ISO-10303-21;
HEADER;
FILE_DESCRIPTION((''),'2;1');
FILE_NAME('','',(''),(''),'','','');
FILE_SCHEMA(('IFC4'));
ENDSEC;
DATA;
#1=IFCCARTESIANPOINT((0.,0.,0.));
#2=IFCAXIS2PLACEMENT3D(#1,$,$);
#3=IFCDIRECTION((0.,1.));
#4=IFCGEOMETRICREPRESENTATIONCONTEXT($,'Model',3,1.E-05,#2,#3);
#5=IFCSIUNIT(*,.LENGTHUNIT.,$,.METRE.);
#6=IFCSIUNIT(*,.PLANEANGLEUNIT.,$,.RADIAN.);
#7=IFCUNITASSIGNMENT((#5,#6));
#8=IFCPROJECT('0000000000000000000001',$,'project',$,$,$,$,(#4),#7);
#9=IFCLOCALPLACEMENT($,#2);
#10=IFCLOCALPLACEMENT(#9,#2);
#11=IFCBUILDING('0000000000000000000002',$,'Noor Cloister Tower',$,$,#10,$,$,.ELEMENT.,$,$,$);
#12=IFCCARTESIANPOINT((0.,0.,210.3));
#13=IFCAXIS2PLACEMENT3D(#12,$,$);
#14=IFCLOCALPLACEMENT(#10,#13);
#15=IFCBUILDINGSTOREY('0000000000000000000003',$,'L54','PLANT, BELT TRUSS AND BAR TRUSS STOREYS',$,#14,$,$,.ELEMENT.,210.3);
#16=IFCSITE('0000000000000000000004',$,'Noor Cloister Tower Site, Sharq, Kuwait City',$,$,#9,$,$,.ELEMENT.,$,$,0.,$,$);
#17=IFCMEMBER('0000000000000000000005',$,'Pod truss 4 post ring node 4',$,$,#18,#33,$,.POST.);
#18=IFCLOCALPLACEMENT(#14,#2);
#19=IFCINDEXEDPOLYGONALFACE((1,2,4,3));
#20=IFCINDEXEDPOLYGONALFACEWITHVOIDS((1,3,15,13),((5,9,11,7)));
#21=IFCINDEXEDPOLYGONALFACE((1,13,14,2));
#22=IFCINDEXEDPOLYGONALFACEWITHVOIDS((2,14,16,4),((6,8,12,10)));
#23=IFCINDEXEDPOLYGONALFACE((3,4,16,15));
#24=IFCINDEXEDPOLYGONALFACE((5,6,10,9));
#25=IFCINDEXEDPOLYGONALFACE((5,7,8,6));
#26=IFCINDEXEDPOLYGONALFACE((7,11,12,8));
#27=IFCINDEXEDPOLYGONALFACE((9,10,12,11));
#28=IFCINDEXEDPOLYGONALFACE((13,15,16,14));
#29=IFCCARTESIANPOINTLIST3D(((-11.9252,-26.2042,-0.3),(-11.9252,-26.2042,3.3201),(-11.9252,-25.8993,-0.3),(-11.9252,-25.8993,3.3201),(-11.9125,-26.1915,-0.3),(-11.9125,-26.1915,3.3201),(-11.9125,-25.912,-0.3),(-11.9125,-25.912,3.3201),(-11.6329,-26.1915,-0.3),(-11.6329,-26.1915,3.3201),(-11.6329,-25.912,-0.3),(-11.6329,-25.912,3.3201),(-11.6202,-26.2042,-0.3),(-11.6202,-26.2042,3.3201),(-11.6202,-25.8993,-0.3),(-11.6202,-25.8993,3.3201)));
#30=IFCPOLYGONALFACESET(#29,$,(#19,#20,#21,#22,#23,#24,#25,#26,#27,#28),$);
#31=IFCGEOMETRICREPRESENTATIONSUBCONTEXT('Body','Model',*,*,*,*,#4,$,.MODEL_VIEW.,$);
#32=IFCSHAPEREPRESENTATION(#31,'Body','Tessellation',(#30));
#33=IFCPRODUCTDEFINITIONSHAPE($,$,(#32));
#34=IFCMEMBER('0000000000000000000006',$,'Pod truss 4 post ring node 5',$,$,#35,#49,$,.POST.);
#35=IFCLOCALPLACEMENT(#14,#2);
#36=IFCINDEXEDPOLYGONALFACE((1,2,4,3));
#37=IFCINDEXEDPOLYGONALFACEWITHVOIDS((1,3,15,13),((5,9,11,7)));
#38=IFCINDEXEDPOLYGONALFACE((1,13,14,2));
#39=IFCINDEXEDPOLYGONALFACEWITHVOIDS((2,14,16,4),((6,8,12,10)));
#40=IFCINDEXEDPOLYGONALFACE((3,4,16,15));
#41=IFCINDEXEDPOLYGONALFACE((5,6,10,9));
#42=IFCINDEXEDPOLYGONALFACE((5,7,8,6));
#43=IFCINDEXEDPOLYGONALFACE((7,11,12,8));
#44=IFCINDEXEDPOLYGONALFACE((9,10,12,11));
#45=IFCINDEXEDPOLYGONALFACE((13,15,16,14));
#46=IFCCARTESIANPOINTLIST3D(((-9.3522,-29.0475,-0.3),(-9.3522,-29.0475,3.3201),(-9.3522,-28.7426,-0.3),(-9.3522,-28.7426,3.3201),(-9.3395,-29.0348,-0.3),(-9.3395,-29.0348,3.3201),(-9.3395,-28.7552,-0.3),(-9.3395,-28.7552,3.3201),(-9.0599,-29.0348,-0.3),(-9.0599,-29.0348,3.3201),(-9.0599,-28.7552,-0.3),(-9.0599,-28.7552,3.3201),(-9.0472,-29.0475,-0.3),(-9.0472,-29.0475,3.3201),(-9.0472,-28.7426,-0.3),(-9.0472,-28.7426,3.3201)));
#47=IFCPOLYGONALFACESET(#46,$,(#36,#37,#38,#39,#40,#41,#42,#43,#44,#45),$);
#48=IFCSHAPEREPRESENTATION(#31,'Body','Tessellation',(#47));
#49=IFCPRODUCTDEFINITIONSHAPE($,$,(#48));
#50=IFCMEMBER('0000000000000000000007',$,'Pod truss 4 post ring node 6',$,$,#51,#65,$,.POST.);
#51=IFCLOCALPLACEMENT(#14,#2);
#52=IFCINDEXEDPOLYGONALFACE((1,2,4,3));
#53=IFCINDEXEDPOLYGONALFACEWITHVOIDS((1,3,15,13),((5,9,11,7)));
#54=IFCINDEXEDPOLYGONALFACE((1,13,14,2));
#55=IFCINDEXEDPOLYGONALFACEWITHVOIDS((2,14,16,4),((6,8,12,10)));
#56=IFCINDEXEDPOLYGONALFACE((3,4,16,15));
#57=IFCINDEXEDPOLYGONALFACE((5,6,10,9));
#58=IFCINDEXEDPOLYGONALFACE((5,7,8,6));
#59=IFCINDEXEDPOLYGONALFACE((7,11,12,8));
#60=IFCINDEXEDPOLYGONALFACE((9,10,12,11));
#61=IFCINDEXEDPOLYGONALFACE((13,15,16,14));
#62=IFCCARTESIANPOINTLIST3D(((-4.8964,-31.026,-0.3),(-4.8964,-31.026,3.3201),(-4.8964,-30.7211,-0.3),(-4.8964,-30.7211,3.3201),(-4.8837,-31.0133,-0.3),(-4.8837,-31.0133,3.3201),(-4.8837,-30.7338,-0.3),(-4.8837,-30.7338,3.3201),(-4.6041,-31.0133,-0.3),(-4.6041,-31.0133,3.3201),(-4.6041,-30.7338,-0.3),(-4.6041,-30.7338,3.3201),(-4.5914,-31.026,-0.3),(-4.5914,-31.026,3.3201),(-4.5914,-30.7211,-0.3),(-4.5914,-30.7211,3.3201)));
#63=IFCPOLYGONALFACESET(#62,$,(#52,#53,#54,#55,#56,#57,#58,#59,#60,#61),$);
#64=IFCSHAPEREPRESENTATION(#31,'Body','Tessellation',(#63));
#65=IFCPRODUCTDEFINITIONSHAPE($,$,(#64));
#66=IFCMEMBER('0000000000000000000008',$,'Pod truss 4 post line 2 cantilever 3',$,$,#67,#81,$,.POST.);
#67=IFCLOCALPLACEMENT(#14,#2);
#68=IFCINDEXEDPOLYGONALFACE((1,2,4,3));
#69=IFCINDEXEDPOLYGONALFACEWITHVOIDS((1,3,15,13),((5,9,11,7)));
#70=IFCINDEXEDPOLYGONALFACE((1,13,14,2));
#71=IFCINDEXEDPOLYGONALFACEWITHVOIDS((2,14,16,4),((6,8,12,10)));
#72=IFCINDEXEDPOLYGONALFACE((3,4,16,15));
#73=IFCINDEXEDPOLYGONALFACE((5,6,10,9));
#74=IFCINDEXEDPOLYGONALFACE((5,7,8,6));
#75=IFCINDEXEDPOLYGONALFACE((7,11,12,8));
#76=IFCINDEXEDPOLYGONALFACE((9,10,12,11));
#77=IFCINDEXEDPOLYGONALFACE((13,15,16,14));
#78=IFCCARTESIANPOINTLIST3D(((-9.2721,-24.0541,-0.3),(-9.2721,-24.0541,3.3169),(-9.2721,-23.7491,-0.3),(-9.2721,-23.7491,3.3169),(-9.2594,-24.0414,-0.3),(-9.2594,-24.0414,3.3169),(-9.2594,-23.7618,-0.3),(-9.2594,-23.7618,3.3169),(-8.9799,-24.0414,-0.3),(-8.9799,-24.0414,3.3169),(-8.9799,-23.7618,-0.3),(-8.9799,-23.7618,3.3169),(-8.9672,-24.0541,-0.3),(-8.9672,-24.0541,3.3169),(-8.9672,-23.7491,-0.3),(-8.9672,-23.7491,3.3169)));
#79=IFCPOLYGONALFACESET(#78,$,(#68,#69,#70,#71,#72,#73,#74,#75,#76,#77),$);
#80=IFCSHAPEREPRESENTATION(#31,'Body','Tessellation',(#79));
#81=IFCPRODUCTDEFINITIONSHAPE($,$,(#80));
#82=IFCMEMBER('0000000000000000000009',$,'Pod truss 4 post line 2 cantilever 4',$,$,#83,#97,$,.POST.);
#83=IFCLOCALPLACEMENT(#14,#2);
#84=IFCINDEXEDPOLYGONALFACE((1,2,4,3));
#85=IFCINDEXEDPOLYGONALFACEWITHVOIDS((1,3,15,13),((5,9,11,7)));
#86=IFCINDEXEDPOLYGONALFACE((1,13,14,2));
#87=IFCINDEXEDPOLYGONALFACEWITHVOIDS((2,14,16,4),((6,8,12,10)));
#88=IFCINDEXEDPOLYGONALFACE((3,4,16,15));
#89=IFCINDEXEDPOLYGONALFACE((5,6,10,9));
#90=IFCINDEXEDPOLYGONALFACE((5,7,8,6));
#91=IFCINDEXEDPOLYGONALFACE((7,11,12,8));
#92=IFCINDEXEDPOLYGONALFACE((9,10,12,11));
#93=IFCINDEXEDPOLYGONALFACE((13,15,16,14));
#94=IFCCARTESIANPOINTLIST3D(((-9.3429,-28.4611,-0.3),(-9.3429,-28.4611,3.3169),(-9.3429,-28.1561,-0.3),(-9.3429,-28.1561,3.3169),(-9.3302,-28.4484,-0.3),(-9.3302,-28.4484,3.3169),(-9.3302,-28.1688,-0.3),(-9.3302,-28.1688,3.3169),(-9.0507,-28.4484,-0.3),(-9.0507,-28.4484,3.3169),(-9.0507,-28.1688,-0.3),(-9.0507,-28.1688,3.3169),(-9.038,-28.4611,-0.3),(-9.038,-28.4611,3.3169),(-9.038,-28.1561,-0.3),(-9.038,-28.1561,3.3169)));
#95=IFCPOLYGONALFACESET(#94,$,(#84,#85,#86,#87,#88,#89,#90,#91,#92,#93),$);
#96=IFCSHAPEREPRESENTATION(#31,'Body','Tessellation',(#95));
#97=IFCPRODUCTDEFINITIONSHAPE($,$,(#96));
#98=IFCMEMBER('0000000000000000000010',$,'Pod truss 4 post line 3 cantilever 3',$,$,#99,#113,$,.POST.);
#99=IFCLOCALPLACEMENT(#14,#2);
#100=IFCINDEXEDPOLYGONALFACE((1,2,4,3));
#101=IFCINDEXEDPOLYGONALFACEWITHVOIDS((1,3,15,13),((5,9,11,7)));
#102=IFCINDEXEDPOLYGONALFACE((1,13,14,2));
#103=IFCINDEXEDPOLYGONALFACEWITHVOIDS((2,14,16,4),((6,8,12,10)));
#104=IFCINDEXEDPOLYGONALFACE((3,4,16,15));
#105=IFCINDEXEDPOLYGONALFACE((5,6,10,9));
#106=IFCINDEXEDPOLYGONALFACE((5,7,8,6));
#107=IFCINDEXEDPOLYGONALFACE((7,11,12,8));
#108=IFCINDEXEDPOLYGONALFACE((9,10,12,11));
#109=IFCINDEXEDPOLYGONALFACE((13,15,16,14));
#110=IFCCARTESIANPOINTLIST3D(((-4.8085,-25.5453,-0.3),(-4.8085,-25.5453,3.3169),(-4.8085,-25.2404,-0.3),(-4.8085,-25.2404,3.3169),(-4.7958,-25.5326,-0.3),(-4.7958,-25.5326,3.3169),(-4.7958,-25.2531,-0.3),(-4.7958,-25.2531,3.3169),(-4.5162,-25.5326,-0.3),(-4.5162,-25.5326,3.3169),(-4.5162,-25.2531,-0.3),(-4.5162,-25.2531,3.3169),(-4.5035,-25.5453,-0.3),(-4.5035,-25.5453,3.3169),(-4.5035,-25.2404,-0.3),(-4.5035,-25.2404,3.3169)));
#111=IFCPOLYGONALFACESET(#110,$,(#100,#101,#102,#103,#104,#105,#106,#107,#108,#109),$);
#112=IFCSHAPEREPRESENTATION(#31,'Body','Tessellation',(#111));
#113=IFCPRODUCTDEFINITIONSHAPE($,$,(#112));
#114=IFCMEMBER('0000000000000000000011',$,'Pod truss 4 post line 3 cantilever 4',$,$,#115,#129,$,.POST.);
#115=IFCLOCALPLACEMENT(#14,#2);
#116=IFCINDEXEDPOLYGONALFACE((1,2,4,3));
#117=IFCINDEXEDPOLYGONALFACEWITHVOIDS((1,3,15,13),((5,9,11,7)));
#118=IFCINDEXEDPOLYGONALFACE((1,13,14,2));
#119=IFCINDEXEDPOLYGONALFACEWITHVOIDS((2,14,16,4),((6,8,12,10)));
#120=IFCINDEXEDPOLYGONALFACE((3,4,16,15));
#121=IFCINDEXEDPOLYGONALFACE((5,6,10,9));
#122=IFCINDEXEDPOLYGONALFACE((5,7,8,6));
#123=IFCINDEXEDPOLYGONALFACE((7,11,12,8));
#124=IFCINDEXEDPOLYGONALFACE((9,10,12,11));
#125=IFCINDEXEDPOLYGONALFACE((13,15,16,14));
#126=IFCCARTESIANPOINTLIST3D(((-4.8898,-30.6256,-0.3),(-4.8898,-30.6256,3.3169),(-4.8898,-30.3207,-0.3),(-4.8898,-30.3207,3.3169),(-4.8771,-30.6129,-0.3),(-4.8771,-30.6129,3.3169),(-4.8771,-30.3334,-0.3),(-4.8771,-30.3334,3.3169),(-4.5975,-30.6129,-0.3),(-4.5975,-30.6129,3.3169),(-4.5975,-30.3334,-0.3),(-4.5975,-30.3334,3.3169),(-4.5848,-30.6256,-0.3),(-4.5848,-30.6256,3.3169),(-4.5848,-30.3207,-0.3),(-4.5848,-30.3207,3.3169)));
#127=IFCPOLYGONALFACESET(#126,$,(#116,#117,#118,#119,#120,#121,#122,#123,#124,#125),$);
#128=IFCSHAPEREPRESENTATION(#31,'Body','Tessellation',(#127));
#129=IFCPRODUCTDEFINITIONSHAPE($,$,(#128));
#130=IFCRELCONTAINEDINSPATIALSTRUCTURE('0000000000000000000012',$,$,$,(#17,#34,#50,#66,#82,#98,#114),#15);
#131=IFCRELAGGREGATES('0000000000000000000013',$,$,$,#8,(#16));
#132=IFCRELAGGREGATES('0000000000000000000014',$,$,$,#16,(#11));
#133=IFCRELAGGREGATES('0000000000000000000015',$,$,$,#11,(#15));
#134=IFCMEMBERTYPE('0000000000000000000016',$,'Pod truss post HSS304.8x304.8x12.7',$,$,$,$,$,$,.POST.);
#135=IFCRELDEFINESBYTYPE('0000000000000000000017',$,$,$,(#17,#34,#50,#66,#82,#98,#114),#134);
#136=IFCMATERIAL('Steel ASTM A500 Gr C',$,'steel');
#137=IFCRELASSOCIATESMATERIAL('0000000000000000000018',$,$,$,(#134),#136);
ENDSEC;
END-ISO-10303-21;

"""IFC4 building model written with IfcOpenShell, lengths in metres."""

from ifc_helpers import new_model, si_unit, direction, frame, origin, origin_2d, place, context, subcontext, project, spatial, hollow_rectangle, extrude, material, material_profile, profile_set, type_object, element, save


model = new_model("IFC4")

# Units and contexts
model_context = context("Model", 3, precision=1e-05, world=origin(), true_north=direction((0.0, 1.0)))
body_context = subcontext(model_context, "Body", "Model", "MODEL_VIEW")
ifc_project = project(units=[si_unit("LENGTHUNIT", "METRE"), si_unit("PLANEANGLEUNIT", "RADIAN")], contexts=[model_context])

# Site, building, storey
site_placement = place(None, origin())
site = spatial("IfcSite", under=ifc_project, at=site_placement, Name="Noor Cloister Tower Site, Sharq, Kuwait City", CompositionType="ELEMENT", RefElevation=0.0)
building_placement = place(site_placement, origin())
building = spatial("IfcBuilding", under=site, at=building_placement, Name="Noor Cloister Tower", CompositionType="ELEMENT")
storey_placement = place(building_placement, frame((0.0, 0.0, 210.3)))
storey = spatial("IfcBuildingStorey", under=building, at=storey_placement, Name="L54", Description="PLANT, BELT TRUSS AND BAR TRUSS STOREYS", CompositionType="ELEMENT", Elevation=210.3)

# Members
ifc_material_1 = material(Name="Steel ASTM A500 Gr C", Category="steel")
ifc_material_profile_1 = material_profile(ifc_material_1, hollow_rectangle(XDim=0.3049, YDim=0.3049, WallThickness=0.0127, at=origin_2d()), Name="HSS304.8x304.8x12.7")
ifc_profile_set_1 = profile_set([ifc_material_profile_1], Name="Steel ASTM A500 Gr C")
member_type_1 = type_object("IfcMemberType", Name="Pod truss post HSS304.8x304.8x12.7", PredefinedType="POST", material=ifc_profile_set_1)
for number, where, z_axis, x_axis, name in (
    (1, (-11.7727, -26.0518, -0.3), (0.0, 0.0, 1.0), (1.0, 0.0, 0.0), "Pod truss 4 post ring node 4"),
    (2, (-9.1997, -28.895, -0.3), (0.0, 0.0, 1.0), (1.0, 0.0, 0.0), "Pod truss 4 post ring node 5"),
    (3, (-4.7439, -30.8735, -0.3), (0.0, 0.0, 1.0), (1.0, 0.0, 0.0), "Pod truss 4 post ring node 6"),
):
    element("IfcMember", number, at=place(storey_placement, frame(where, z_axis=z_axis, x_axis=x_axis)), inside=storey, type_object=member_type_1, Name=name, PredefinedType="POST", context=body_context, shape_type="SweptSolid", body=[
        extrude(hollow_rectangle(XDim=0.3049, YDim=0.3049, WallThickness=0.0127, at=origin_2d()), origin(), (0.0, 0.0, 1.0), 3.6201),
    ])
for number, where, z_axis, x_axis, name in (
    (4, (-9.1196, -23.9016, -0.3), (0.0, 0.0, 1.0), (1.0, 0.0, 0.0), "Pod truss 4 post line 2 cantilever 3"),
    (5, (-9.1904, -28.3086, -0.3), (0.0, 0.0, 1.0), (1.0, 0.0, 0.0), "Pod truss 4 post line 2 cantilever 4"),
    (6, (-4.656, -25.3928, -0.3), (0.0, 0.0, 1.0), (1.0, 0.0, 0.0), "Pod truss 4 post line 3 cantilever 3"),
    (7, (-4.7373, -30.4731, -0.3), (0.0, 0.0, 1.0), (1.0, 0.0, 0.0), "Pod truss 4 post line 3 cantilever 4"),
):
    element("IfcMember", number, at=place(storey_placement, frame(where, z_axis=z_axis, x_axis=x_axis)), inside=storey, type_object=member_type_1, Name=name, PredefinedType="POST", context=body_context, shape_type="SweptSolid", body=[
        extrude(hollow_rectangle(XDim=0.3049, YDim=0.3049, WallThickness=0.0127, at=origin_2d()), origin(), (0.0, 0.0, 1.0), 3.6169),
    ])

save(model, "model.ifc")
